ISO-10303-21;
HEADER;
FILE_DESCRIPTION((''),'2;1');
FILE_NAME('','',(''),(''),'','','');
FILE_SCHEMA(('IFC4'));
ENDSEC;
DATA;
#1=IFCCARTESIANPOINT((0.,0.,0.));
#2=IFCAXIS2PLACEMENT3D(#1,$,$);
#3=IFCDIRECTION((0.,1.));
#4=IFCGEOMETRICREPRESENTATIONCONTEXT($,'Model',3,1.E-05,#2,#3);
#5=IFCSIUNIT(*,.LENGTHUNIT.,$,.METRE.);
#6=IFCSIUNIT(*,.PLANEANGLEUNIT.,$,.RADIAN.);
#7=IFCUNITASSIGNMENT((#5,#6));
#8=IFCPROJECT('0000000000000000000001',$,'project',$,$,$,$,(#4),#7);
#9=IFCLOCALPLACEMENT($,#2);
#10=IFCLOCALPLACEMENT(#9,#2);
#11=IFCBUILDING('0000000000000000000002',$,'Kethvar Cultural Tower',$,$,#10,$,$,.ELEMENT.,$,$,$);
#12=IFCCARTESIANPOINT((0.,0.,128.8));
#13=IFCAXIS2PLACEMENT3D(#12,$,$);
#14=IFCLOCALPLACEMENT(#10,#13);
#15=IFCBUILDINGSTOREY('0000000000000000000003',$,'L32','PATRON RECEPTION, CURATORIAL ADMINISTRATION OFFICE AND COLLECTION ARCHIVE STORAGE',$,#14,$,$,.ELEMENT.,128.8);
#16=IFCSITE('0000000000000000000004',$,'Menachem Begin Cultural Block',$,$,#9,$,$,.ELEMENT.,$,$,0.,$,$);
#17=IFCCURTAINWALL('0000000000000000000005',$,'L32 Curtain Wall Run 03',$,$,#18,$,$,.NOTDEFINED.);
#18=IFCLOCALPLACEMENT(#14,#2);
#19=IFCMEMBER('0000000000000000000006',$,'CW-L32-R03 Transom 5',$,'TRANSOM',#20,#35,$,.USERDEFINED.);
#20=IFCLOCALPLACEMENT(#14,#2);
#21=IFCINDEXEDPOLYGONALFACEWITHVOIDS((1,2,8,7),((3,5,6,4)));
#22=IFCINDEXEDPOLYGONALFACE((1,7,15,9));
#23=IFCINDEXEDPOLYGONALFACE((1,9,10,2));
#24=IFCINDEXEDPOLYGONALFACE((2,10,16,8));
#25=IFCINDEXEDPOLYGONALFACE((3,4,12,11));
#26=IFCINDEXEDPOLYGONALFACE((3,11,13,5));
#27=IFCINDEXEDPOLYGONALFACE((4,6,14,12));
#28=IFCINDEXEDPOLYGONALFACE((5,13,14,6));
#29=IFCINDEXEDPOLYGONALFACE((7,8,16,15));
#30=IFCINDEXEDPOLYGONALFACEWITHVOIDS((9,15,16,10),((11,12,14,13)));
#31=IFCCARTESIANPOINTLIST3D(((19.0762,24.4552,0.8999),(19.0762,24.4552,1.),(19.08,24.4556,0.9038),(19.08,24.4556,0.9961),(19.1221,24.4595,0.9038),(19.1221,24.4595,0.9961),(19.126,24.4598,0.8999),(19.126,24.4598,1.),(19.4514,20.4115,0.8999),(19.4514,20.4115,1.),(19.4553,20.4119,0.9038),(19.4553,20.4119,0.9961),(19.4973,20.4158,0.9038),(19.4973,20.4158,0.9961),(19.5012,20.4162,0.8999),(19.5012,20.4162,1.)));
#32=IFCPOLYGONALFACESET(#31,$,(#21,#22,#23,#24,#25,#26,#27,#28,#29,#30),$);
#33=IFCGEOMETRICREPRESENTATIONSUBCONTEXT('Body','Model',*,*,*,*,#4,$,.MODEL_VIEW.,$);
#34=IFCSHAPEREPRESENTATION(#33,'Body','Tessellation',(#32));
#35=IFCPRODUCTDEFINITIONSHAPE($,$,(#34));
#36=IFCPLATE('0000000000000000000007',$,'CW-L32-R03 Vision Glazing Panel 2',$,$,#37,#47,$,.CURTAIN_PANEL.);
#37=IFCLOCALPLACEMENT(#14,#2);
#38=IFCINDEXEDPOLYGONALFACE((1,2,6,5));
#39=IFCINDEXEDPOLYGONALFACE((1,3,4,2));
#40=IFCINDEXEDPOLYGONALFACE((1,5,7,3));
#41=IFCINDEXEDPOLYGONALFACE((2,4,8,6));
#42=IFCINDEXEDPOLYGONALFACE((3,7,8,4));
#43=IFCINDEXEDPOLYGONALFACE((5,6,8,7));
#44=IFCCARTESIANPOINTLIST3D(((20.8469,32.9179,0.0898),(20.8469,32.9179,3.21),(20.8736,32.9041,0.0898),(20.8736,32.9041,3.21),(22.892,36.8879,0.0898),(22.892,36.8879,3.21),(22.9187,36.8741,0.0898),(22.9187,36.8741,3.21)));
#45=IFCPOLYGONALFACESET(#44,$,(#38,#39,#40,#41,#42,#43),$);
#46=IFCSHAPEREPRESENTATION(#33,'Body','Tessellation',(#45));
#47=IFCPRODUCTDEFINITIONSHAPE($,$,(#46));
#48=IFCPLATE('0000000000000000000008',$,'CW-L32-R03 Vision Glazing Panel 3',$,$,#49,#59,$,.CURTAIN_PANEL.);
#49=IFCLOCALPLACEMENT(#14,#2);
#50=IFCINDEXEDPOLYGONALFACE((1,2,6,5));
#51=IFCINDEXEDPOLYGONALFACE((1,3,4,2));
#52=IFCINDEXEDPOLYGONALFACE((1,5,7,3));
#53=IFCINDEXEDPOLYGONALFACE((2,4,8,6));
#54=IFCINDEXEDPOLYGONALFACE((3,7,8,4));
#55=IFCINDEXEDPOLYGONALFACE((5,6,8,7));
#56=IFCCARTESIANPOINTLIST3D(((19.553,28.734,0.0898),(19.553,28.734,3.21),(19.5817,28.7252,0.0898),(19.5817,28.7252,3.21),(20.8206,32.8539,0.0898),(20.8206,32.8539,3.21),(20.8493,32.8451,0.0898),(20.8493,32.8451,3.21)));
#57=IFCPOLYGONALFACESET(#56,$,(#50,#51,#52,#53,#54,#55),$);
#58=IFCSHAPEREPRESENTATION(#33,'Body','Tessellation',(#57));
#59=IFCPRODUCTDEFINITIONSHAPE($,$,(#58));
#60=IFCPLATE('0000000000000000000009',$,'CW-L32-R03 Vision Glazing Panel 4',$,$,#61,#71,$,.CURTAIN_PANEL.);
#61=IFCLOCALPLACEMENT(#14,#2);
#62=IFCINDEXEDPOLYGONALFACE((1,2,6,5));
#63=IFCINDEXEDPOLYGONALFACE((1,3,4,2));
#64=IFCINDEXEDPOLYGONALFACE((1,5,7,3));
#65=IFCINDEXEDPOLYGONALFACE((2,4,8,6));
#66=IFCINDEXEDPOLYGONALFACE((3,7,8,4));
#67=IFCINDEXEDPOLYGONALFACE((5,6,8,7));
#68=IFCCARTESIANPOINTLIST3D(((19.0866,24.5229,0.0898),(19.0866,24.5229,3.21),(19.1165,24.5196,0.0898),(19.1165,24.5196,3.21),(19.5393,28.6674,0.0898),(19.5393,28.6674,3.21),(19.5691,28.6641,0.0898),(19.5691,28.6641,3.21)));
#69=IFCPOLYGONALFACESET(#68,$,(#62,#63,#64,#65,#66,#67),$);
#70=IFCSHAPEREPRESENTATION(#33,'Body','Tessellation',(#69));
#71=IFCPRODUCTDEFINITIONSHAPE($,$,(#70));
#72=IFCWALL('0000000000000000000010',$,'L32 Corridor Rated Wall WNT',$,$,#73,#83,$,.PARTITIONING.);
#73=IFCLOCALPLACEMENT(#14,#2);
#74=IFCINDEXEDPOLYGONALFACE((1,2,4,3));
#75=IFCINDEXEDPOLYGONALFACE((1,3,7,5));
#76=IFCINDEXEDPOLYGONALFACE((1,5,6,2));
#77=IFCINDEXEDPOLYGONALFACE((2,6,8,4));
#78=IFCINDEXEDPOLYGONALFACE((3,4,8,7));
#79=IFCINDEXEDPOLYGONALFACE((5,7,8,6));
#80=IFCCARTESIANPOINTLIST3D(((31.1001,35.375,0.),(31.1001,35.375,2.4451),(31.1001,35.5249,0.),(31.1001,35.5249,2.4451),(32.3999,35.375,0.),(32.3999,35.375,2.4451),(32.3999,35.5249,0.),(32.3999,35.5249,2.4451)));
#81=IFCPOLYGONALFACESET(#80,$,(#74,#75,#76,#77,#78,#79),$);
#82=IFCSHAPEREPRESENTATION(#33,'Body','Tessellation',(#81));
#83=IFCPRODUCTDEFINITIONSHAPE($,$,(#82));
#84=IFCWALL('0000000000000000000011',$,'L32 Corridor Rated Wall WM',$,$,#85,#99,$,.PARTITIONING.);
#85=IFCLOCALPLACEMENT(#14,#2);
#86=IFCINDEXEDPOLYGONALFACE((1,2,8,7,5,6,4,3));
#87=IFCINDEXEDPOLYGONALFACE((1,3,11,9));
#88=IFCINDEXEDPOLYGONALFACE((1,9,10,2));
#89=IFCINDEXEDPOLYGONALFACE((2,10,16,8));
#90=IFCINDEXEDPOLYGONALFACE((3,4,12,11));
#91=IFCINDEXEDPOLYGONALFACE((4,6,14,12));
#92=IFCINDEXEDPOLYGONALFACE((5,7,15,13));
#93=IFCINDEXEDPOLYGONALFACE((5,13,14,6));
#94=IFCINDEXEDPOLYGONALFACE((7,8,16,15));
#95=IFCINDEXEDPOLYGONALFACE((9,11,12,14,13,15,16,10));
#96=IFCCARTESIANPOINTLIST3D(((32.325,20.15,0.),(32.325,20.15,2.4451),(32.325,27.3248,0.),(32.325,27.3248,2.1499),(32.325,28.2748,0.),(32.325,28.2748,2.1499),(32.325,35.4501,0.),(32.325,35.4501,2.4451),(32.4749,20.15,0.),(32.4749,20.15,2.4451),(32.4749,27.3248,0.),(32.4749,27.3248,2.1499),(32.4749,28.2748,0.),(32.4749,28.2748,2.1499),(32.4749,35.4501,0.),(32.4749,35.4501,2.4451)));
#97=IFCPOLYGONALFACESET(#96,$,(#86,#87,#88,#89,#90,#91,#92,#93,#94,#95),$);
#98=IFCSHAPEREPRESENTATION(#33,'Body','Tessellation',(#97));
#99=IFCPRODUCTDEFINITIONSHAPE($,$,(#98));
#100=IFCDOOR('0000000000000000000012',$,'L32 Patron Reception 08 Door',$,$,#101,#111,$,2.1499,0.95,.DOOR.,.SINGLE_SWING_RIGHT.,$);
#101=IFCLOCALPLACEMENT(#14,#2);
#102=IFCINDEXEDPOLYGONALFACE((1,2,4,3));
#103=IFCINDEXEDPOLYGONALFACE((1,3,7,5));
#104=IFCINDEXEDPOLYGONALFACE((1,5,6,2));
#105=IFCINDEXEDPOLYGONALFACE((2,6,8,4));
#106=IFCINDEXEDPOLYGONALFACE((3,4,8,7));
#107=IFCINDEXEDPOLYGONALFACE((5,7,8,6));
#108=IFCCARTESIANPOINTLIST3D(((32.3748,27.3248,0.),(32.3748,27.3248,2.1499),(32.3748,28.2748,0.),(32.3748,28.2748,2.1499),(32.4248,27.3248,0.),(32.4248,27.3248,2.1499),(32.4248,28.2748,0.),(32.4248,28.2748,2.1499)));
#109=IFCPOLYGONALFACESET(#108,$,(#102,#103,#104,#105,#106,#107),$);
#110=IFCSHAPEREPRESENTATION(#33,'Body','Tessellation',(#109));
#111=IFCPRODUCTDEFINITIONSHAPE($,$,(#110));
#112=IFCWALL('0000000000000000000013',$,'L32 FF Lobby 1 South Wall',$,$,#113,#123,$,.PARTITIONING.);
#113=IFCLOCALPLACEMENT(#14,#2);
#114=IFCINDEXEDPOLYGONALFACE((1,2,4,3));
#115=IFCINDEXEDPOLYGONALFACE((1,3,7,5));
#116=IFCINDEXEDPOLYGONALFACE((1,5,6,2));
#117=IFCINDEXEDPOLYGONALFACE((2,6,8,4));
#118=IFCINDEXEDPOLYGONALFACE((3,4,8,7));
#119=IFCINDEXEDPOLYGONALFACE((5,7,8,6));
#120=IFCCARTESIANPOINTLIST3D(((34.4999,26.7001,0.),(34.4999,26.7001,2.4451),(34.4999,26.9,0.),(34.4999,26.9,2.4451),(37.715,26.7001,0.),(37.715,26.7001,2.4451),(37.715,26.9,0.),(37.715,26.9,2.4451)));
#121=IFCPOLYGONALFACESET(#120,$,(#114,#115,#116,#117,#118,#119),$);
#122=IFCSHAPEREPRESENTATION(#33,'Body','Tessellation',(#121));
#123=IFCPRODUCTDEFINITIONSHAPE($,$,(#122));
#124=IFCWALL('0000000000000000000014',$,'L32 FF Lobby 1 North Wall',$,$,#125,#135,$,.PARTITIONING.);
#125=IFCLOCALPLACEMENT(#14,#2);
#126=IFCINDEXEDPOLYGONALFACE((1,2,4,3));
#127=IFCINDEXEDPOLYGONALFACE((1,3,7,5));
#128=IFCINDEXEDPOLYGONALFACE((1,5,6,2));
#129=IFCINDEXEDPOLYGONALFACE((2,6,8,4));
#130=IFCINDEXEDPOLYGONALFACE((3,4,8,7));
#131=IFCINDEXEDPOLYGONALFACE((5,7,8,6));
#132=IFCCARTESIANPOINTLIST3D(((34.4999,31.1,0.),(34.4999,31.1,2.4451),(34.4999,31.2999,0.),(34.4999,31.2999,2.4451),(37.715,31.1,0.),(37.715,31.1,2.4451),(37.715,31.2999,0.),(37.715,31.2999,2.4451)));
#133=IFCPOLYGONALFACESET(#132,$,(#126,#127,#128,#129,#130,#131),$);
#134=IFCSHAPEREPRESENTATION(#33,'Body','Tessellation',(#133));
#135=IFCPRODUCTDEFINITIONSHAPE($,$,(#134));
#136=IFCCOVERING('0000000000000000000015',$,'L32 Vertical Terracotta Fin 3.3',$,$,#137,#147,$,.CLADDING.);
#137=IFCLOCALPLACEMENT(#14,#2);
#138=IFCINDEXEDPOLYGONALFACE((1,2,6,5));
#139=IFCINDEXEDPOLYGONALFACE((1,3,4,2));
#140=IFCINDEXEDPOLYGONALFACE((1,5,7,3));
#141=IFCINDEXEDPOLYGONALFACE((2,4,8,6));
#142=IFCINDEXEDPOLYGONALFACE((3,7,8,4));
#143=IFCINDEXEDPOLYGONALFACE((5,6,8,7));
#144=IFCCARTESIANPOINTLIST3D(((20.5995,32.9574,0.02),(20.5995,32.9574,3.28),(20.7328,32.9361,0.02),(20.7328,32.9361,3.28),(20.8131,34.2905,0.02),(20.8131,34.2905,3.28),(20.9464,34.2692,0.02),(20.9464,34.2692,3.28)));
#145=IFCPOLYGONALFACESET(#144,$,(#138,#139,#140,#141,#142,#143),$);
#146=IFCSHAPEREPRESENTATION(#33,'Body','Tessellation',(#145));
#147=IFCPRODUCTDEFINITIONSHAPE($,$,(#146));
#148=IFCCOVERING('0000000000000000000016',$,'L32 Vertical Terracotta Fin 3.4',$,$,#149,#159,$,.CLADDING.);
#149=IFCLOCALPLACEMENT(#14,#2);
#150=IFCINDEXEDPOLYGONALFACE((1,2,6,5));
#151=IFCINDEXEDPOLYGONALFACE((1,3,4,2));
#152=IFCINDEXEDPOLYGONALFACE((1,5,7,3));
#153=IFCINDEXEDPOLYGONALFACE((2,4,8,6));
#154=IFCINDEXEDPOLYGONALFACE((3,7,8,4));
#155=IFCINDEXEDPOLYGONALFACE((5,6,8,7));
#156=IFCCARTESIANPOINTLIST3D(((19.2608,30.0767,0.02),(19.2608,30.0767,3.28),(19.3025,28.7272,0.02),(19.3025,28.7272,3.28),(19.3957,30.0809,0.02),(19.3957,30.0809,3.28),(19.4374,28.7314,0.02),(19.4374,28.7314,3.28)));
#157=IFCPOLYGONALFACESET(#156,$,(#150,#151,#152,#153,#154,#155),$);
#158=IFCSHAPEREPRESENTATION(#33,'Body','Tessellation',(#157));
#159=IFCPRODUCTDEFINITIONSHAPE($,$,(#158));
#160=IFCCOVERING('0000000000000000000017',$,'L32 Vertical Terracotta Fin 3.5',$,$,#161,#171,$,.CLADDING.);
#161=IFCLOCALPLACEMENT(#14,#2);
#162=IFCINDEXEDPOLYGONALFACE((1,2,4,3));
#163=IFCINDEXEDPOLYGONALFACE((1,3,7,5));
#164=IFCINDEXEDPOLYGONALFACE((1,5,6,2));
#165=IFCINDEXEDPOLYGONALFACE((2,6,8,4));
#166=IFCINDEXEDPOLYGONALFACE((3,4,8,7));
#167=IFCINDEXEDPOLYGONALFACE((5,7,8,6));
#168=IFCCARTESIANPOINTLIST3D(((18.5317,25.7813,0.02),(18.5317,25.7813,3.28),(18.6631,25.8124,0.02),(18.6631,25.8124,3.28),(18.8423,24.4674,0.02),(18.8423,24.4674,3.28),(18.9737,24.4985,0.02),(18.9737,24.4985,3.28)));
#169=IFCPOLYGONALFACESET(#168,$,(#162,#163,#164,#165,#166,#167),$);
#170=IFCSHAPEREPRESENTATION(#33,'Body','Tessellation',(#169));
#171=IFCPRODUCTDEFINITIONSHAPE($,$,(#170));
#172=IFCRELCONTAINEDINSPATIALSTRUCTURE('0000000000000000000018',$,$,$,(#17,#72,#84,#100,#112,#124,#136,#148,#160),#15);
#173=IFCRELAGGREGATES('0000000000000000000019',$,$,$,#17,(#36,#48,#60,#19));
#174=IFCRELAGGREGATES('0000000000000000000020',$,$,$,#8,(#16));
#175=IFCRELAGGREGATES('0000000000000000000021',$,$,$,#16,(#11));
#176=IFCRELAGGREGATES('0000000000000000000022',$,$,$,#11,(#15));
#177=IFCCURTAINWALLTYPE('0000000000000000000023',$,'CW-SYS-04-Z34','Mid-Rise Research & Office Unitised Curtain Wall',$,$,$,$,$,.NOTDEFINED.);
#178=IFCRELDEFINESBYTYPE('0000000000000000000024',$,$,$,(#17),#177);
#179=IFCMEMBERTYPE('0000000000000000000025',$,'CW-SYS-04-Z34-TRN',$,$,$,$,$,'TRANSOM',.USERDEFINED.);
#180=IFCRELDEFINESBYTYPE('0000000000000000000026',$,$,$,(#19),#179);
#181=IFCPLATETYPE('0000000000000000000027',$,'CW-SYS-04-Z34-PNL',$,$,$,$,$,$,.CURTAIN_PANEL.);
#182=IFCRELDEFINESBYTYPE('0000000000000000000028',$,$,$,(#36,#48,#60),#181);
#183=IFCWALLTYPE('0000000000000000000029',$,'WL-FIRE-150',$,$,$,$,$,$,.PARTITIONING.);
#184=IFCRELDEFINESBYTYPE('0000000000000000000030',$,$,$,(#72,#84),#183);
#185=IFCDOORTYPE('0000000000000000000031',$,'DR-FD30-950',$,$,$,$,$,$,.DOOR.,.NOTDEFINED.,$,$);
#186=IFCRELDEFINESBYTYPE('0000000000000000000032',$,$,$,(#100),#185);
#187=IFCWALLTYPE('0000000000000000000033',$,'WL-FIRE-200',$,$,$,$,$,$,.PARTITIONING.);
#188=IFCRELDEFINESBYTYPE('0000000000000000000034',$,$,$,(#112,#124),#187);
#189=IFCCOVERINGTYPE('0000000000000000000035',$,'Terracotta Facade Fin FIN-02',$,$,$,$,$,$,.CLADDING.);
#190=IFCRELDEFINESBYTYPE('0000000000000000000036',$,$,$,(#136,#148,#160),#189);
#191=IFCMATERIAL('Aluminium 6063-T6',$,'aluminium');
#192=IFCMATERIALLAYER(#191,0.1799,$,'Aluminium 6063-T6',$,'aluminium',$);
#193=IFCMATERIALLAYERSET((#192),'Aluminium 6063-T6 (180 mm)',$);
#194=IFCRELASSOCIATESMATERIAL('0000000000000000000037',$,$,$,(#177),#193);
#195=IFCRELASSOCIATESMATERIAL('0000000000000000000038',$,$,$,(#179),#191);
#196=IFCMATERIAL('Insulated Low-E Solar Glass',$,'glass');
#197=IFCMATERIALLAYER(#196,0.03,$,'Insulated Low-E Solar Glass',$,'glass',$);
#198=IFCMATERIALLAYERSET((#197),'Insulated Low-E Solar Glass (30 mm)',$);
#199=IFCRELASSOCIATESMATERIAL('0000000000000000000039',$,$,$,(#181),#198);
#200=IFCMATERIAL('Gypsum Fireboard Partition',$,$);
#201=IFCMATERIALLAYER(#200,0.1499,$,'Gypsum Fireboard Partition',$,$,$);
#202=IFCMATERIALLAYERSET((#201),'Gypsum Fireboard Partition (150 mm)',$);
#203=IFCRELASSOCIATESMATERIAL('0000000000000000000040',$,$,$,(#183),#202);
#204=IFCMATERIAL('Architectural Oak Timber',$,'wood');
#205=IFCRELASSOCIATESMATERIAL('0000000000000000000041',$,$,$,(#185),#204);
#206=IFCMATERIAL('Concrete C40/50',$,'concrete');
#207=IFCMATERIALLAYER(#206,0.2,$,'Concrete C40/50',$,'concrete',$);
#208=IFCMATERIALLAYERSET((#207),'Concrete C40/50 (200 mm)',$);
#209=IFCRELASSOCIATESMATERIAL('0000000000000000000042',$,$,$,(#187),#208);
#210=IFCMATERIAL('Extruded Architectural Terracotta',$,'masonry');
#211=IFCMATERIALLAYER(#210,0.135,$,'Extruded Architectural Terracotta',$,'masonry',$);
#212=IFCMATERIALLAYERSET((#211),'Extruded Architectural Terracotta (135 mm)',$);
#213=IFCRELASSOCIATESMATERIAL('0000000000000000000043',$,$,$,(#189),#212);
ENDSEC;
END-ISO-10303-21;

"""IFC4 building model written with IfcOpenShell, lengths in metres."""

from ifc_helpers import new_model, si_unit, direction, frame, frame_2d, origin, origin_2d, place, context, subcontext, project, spatial, rectangle, hollow_rectangle, extrude, source, transform, mapped, material, layer, layer_set, material_profile, profile_set, type_object, element, fill, aggregate, save


model = new_model("IFC4")

# Units and contexts
model_context = context("Model", 3, precision=1e-05, world=origin(), true_north=direction((0.0, 1.0)))
body_context = subcontext(model_context, "Body", "Model", "MODEL_VIEW")
ifc_project = project(units=[si_unit("LENGTHUNIT", "METRE"), si_unit("PLANEANGLEUNIT", "RADIAN")], contexts=[model_context])

# Site, building, storey
site_placement = place(None, origin())
site = spatial("IfcSite", under=ifc_project, at=site_placement, Name="Menachem Begin Cultural Block", CompositionType="ELEMENT", RefElevation=0.0)
building_placement = place(site_placement, origin())
building = spatial("IfcBuilding", under=site, at=building_placement, Name="Kethvar Cultural Tower", CompositionType="ELEMENT")
storey_placement = place(building_placement, frame((0.0, 0.0, 128.8)))
storey = spatial("IfcBuildingStorey", under=building, at=storey_placement, Name="L32", Description="PATRON RECEPTION, CURATORIAL ADMINISTRATION OFFICE AND COLLECTION ARCHIVE STORAGE", CompositionType="ELEMENT", Elevation=128.8)

# Curtain wall, member, plates
ifc_material_1 = material(Name="Aluminium 6063-T6", Category="aluminium")
ifc_layer_1 = layer(ifc_material_1, 0.1799, Name="Aluminium 6063-T6", Category="aluminium")
ifc_layer_set_1 = layer_set([ifc_layer_1], Name="Aluminium 6063-T6 (180 mm)")
curtain_wall_type = type_object("IfcCurtainWallType", Name="CW-SYS-04-Z34", Description="Mid-Rise Research & Office Unitised Curtain Wall", PredefinedType="NOTDEFINED", material=ifc_layer_set_1)
curtain_wall_placement = place(storey_placement, origin())
curtain_wall = element("IfcCurtainWall", 1, at=curtain_wall_placement, inside=storey, type_object=curtain_wall_type, Name="L32 Curtain Wall Run 03", PredefinedType="NOTDEFINED")
ifc_material_profile_1 = material_profile(ifc_material_1, hollow_rectangle(XDim=0.05, YDim=0.1001, WallThickness=0.0039, at=origin_2d()), Name="Aluminium 6063-T6 — RHS100x50x4")
ifc_profile_set_1 = profile_set([ifc_material_profile_1], Name="Aluminium 6063-T6 — RHS100x50x4")
member_type_1 = type_object("IfcMemberType", Name="CW-SYS-04-Z34-TRN", ElementType="TRANSOM", PredefinedType="USERDEFINED", material=ifc_profile_set_1)
shared_shape_1 = source(origin(), body_context, "Body", "SweptSolid", [
    extrude(hollow_rectangle(XDim=0.05, YDim=0.1001, WallThickness=0.0039, at=origin_2d()), origin(), (0.0, 0.0, 1.0), 4.061),
])
member_1_placement = place(storey_placement, frame((19.1011, 24.4575, 0.95), z_axis=(0.0924, -0.995722, 0.0), x_axis=(0.995722, 0.0924, 0.0)))
member_1 = element("IfcMember", 2, at=member_1_placement, type_object=member_type_1, Name="CW-L32-R03 Transom 5", ObjectType="TRANSOM", PredefinedType="USERDEFINED", context=body_context, shape_type="MappedRepresentation", body=[
    mapped(shared_shape_1, transform((0.0, 0.0, 0.0), scale=1.0)),
])
ifc_material_2 = material(Name="Insulated Low-E Solar Glass", Category="glass")
ifc_layer_2 = layer(ifc_material_2, 0.03, Name="Insulated Low-E Solar Glass", Category="glass")
ifc_layer_set_2 = layer_set([ifc_layer_2], Name="Insulated Low-E Solar Glass (30 mm)")
plate_type = type_object("IfcPlateType", Name="CW-SYS-04-Z34-PNL", PredefinedType="CURTAIN_PANEL", material=ifc_layer_set_2)
shared_shape_2 = source(origin(), body_context, "Body", "SweptSolid", [
    extrude(rectangle(XDim=4.4658, YDim=0.03, at=origin_2d()), origin(), (0.0, 0.0, 1.0), 3.1201),
])
plate_1_placement = place(storey_placement, frame((21.8828, 34.896, 0.0898), z_axis=(0.0, 0.0, 1.0), x_axis=(-0.457951, -0.888977, 0.0)))
plate_1 = element("IfcPlate", 3, at=plate_1_placement, type_object=plate_type, Name="CW-L32-R03 Vision Glazing Panel 2", PredefinedType="CURTAIN_PANEL", context=body_context, shape_type="MappedRepresentation", body=[
    mapped(shared_shape_2, transform((0.0, 0.0, 0.0), scale=1.0)),
])
shared_shape_3 = source(origin(), body_context, "Body", "SweptSolid", [
    extrude(rectangle(XDim=4.3105, YDim=0.03, at=origin_2d()), origin(), (0.0, 0.0, 1.0), 3.1201),
])
plate_2_placement = place(storey_placement, frame((20.2012, 30.7896, 0.0898), z_axis=(0.0, 0.0, 1.0), x_axis=(-0.294074, -0.955783, 0.0)))
plate_2 = element("IfcPlate", 4, at=plate_2_placement, type_object=plate_type, Name="CW-L32-R03 Vision Glazing Panel 3", PredefinedType="CURTAIN_PANEL", context=body_context, shape_type="MappedRepresentation", body=[
    mapped(shared_shape_3, transform((0.0, 0.0, 0.0), scale=1.0)),
])
shared_shape_4 = source(origin(), body_context, "Body", "SweptSolid", [
    extrude(rectangle(XDim=4.1692, YDim=0.03, at=origin_2d()), origin(), (0.0, 0.0, 1.0), 3.1201),
])
plate_3_placement = place(storey_placement, frame((19.3279, 26.5935, 0.0898), z_axis=(0.0, 0.0, 1.0), x_axis=(-0.108572, -0.994089, 0.0)))
plate_3 = element("IfcPlate", 5, at=plate_3_placement, type_object=plate_type, Name="CW-L32-R03 Vision Glazing Panel 4", PredefinedType="CURTAIN_PANEL", context=body_context, shape_type="MappedRepresentation", body=[
    mapped(shared_shape_4, transform((0.0, 0.0, 0.0), scale=1.0)),
])
aggregate(curtain_wall, [plate_1, plate_2, plate_3, member_1])

# Wall
ifc_material_3 = material(Name="Gypsum Fireboard Partition")
ifc_layer_3 = layer(ifc_material_3, 0.1499, Name="Gypsum Fireboard Partition")
ifc_layer_set_3 = layer_set([ifc_layer_3], Name="Gypsum Fireboard Partition (150 mm)")
wall_type_1 = type_object("IfcWallType", Name="WL-FIRE-150", PredefinedType="PARTITIONING", material=ifc_layer_set_3)
wall_1_placement = place(storey_placement, frame((31.1001, 35.45, 0.0), z_axis=(0.0, 0.0, 1.0), x_axis=(1.0, 0.0, 0.0)))
element("IfcWall", 6, at=wall_1_placement, inside=storey, type_object=wall_type_1, Name="L32 Corridor Rated Wall WNT", PredefinedType="PARTITIONING", context=body_context, shape_type="SweptSolid", body=[
    extrude(rectangle(XDim=1.2998, YDim=0.1499, at=frame_2d((0.6499, 0.0))), origin(), (0.0, 0.0, 1.0), 2.4451),
])

# Wall, opening, door
wall_2_placement = place(storey_placement, frame((32.3999, 35.45, 0.0), z_axis=(0.0, 0.0, 1.0), x_axis=(0.0, -1.0, 0.0)))
wall_2 = element("IfcWall", 7, at=wall_2_placement, inside=storey, type_object=wall_type_1, Name="L32 Corridor Rated Wall WM", PredefinedType="PARTITIONING", context=body_context, shape_type="SweptSolid", body=[
    extrude(rectangle(XDim=15.3, YDim=0.1499, at=frame_2d((7.6499, 0.0))), origin(), (0.0, 0.0, 1.0), 2.4451),
])
opening_1_placement = place(wall_2_placement, frame((7.175, 0.0, 0.0)))
opening_1 = element("IfcOpeningElement", 8, at=opening_1_placement, cuts=wall_2, PredefinedType="OPENING", context=body_context, shape_type="SweptSolid", body=[
    extrude(rectangle(XDim=0.95, YDim=2.1499, at=frame_2d((0.4751, 1.075))), frame((0.0, 0.085, 0.0), z_axis=(0.0, -1.0, 0.0), x_axis=(1.0, 0.0, 0.0)), (0.0, 0.0, 1.0), 0.1699),
])
ifc_material_4 = material(Name="Architectural Oak Timber", Category="wood")
door_type_1 = type_object("IfcDoorType", Name="DR-FD30-950", OperationType="NOTDEFINED", PredefinedType="DOOR", material=ifc_material_4)
shared_shape_5 = source(origin(), body_context, "Body", "SweptSolid", [
    extrude(rectangle(XDim=0.95, YDim=2.1499, at=frame_2d((0.4751, 1.075))), frame((0.0, 0.0249, 0.0), z_axis=(0.0, -1.0, 0.0), x_axis=(1.0, 0.0, 0.0)), (0.0, 0.0, 1.0), 0.05),
])
door_1_placement = place(opening_1_placement, origin())
door_1 = element("IfcDoor", 9, at=door_1_placement, inside=storey, type_object=door_type_1, Name="L32 Patron Reception 08 Door", OperationType="SINGLE_SWING_RIGHT", OverallHeight=2.1499, OverallWidth=0.95, PredefinedType="DOOR", context=body_context, shape_type="MappedRepresentation", body=[
    mapped(shared_shape_5, transform((0.0, 0.0, 0.0), scale=1.0)),
])
fill(opening_1, door_1)
ifc_material_5 = material(Name="Concrete C40/50", Category="concrete")
ifc_layer_4 = layer(ifc_material_5, 0.2, Name="Concrete C40/50", Category="concrete")
ifc_layer_set_4 = layer_set([ifc_layer_4], Name="Concrete C40/50 (200 mm)")
wall_type_2 = type_object("IfcWallType", Name="WL-FIRE-200", PredefinedType="PARTITIONING", material=ifc_layer_set_4)

# Walls
for number, where, z_axis, x_axis, name in (
    (10, (34.5, 26.8, 0.0), (0.0, 0.0, 1.0), (1.0, 0.0, 0.0), "L32 FF Lobby 1 South Wall"),
    (11, (34.5, 31.2, 0.0), (0.0, 0.0, 1.0), (1.0, 0.0, 0.0), "L32 FF Lobby 1 North Wall"),
):
    element("IfcWall", number, at=place(storey_placement, frame(where, z_axis=z_axis, x_axis=x_axis)), inside=storey, type_object=wall_type_2, Name=name, PredefinedType="PARTITIONING", context=body_context, shape_type="SweptSolid", body=[
        extrude(rectangle(XDim=3.2151, YDim=0.2, at=frame_2d((1.6074, 0.0))), origin(), (0.0, 0.0, 1.0), 2.4451),
    ])

# Coverings
ifc_material_6 = material(Name="Extruded Architectural Terracotta", Category="masonry")
ifc_layer_5 = layer(ifc_material_6, 0.135, Name="Extruded Architectural Terracotta", Category="masonry")
ifc_layer_set_5 = layer_set([ifc_layer_5], Name="Extruded Architectural Terracotta (135 mm)")
covering_type = type_object("IfcCoveringType", Name="Terracotta Facade Fin FIN-02", PredefinedType="CLADDING", material=ifc_layer_set_5)
shared_shape_6 = source(origin(), body_context, "Body", "SweptSolid", [
    extrude(rectangle(XDim=1.3501, YDim=0.135, at=origin_2d()), origin(), (0.0, 0.0, 1.0), 3.26),
])
for number, where, z_axis, x_axis, name in (
    (12, (20.7729, 33.6133, 0.02), (0.0, 0.0, 1.0), (0.158158, 0.987414, 0.0), "L32 Vertical Terracotta Fin 3.3"),
    (13, (19.3491, 29.4041, 0.02), (0.0, 0.0, 1.0), (-0.030887, 0.999523, 0.0), "L32 Vertical Terracotta Fin 3.4"),
    (14, (18.7527, 25.1399, 0.02), (0.0, 0.0, 1.0), (-0.23005, 0.973179, 0.0), "L32 Vertical Terracotta Fin 3.5"),
):
    element("IfcCovering", number, at=place(storey_placement, frame(where, z_axis=z_axis, x_axis=x_axis)), inside=storey, type_object=covering_type, Name=name, PredefinedType="CLADDING", context=body_context, shape_type="MappedRepresentation", body=[
        mapped(shared_shape_6, transform((0.0, 0.0, 0.0), scale=1.0)),
    ])

save(model, "model.ifc")
